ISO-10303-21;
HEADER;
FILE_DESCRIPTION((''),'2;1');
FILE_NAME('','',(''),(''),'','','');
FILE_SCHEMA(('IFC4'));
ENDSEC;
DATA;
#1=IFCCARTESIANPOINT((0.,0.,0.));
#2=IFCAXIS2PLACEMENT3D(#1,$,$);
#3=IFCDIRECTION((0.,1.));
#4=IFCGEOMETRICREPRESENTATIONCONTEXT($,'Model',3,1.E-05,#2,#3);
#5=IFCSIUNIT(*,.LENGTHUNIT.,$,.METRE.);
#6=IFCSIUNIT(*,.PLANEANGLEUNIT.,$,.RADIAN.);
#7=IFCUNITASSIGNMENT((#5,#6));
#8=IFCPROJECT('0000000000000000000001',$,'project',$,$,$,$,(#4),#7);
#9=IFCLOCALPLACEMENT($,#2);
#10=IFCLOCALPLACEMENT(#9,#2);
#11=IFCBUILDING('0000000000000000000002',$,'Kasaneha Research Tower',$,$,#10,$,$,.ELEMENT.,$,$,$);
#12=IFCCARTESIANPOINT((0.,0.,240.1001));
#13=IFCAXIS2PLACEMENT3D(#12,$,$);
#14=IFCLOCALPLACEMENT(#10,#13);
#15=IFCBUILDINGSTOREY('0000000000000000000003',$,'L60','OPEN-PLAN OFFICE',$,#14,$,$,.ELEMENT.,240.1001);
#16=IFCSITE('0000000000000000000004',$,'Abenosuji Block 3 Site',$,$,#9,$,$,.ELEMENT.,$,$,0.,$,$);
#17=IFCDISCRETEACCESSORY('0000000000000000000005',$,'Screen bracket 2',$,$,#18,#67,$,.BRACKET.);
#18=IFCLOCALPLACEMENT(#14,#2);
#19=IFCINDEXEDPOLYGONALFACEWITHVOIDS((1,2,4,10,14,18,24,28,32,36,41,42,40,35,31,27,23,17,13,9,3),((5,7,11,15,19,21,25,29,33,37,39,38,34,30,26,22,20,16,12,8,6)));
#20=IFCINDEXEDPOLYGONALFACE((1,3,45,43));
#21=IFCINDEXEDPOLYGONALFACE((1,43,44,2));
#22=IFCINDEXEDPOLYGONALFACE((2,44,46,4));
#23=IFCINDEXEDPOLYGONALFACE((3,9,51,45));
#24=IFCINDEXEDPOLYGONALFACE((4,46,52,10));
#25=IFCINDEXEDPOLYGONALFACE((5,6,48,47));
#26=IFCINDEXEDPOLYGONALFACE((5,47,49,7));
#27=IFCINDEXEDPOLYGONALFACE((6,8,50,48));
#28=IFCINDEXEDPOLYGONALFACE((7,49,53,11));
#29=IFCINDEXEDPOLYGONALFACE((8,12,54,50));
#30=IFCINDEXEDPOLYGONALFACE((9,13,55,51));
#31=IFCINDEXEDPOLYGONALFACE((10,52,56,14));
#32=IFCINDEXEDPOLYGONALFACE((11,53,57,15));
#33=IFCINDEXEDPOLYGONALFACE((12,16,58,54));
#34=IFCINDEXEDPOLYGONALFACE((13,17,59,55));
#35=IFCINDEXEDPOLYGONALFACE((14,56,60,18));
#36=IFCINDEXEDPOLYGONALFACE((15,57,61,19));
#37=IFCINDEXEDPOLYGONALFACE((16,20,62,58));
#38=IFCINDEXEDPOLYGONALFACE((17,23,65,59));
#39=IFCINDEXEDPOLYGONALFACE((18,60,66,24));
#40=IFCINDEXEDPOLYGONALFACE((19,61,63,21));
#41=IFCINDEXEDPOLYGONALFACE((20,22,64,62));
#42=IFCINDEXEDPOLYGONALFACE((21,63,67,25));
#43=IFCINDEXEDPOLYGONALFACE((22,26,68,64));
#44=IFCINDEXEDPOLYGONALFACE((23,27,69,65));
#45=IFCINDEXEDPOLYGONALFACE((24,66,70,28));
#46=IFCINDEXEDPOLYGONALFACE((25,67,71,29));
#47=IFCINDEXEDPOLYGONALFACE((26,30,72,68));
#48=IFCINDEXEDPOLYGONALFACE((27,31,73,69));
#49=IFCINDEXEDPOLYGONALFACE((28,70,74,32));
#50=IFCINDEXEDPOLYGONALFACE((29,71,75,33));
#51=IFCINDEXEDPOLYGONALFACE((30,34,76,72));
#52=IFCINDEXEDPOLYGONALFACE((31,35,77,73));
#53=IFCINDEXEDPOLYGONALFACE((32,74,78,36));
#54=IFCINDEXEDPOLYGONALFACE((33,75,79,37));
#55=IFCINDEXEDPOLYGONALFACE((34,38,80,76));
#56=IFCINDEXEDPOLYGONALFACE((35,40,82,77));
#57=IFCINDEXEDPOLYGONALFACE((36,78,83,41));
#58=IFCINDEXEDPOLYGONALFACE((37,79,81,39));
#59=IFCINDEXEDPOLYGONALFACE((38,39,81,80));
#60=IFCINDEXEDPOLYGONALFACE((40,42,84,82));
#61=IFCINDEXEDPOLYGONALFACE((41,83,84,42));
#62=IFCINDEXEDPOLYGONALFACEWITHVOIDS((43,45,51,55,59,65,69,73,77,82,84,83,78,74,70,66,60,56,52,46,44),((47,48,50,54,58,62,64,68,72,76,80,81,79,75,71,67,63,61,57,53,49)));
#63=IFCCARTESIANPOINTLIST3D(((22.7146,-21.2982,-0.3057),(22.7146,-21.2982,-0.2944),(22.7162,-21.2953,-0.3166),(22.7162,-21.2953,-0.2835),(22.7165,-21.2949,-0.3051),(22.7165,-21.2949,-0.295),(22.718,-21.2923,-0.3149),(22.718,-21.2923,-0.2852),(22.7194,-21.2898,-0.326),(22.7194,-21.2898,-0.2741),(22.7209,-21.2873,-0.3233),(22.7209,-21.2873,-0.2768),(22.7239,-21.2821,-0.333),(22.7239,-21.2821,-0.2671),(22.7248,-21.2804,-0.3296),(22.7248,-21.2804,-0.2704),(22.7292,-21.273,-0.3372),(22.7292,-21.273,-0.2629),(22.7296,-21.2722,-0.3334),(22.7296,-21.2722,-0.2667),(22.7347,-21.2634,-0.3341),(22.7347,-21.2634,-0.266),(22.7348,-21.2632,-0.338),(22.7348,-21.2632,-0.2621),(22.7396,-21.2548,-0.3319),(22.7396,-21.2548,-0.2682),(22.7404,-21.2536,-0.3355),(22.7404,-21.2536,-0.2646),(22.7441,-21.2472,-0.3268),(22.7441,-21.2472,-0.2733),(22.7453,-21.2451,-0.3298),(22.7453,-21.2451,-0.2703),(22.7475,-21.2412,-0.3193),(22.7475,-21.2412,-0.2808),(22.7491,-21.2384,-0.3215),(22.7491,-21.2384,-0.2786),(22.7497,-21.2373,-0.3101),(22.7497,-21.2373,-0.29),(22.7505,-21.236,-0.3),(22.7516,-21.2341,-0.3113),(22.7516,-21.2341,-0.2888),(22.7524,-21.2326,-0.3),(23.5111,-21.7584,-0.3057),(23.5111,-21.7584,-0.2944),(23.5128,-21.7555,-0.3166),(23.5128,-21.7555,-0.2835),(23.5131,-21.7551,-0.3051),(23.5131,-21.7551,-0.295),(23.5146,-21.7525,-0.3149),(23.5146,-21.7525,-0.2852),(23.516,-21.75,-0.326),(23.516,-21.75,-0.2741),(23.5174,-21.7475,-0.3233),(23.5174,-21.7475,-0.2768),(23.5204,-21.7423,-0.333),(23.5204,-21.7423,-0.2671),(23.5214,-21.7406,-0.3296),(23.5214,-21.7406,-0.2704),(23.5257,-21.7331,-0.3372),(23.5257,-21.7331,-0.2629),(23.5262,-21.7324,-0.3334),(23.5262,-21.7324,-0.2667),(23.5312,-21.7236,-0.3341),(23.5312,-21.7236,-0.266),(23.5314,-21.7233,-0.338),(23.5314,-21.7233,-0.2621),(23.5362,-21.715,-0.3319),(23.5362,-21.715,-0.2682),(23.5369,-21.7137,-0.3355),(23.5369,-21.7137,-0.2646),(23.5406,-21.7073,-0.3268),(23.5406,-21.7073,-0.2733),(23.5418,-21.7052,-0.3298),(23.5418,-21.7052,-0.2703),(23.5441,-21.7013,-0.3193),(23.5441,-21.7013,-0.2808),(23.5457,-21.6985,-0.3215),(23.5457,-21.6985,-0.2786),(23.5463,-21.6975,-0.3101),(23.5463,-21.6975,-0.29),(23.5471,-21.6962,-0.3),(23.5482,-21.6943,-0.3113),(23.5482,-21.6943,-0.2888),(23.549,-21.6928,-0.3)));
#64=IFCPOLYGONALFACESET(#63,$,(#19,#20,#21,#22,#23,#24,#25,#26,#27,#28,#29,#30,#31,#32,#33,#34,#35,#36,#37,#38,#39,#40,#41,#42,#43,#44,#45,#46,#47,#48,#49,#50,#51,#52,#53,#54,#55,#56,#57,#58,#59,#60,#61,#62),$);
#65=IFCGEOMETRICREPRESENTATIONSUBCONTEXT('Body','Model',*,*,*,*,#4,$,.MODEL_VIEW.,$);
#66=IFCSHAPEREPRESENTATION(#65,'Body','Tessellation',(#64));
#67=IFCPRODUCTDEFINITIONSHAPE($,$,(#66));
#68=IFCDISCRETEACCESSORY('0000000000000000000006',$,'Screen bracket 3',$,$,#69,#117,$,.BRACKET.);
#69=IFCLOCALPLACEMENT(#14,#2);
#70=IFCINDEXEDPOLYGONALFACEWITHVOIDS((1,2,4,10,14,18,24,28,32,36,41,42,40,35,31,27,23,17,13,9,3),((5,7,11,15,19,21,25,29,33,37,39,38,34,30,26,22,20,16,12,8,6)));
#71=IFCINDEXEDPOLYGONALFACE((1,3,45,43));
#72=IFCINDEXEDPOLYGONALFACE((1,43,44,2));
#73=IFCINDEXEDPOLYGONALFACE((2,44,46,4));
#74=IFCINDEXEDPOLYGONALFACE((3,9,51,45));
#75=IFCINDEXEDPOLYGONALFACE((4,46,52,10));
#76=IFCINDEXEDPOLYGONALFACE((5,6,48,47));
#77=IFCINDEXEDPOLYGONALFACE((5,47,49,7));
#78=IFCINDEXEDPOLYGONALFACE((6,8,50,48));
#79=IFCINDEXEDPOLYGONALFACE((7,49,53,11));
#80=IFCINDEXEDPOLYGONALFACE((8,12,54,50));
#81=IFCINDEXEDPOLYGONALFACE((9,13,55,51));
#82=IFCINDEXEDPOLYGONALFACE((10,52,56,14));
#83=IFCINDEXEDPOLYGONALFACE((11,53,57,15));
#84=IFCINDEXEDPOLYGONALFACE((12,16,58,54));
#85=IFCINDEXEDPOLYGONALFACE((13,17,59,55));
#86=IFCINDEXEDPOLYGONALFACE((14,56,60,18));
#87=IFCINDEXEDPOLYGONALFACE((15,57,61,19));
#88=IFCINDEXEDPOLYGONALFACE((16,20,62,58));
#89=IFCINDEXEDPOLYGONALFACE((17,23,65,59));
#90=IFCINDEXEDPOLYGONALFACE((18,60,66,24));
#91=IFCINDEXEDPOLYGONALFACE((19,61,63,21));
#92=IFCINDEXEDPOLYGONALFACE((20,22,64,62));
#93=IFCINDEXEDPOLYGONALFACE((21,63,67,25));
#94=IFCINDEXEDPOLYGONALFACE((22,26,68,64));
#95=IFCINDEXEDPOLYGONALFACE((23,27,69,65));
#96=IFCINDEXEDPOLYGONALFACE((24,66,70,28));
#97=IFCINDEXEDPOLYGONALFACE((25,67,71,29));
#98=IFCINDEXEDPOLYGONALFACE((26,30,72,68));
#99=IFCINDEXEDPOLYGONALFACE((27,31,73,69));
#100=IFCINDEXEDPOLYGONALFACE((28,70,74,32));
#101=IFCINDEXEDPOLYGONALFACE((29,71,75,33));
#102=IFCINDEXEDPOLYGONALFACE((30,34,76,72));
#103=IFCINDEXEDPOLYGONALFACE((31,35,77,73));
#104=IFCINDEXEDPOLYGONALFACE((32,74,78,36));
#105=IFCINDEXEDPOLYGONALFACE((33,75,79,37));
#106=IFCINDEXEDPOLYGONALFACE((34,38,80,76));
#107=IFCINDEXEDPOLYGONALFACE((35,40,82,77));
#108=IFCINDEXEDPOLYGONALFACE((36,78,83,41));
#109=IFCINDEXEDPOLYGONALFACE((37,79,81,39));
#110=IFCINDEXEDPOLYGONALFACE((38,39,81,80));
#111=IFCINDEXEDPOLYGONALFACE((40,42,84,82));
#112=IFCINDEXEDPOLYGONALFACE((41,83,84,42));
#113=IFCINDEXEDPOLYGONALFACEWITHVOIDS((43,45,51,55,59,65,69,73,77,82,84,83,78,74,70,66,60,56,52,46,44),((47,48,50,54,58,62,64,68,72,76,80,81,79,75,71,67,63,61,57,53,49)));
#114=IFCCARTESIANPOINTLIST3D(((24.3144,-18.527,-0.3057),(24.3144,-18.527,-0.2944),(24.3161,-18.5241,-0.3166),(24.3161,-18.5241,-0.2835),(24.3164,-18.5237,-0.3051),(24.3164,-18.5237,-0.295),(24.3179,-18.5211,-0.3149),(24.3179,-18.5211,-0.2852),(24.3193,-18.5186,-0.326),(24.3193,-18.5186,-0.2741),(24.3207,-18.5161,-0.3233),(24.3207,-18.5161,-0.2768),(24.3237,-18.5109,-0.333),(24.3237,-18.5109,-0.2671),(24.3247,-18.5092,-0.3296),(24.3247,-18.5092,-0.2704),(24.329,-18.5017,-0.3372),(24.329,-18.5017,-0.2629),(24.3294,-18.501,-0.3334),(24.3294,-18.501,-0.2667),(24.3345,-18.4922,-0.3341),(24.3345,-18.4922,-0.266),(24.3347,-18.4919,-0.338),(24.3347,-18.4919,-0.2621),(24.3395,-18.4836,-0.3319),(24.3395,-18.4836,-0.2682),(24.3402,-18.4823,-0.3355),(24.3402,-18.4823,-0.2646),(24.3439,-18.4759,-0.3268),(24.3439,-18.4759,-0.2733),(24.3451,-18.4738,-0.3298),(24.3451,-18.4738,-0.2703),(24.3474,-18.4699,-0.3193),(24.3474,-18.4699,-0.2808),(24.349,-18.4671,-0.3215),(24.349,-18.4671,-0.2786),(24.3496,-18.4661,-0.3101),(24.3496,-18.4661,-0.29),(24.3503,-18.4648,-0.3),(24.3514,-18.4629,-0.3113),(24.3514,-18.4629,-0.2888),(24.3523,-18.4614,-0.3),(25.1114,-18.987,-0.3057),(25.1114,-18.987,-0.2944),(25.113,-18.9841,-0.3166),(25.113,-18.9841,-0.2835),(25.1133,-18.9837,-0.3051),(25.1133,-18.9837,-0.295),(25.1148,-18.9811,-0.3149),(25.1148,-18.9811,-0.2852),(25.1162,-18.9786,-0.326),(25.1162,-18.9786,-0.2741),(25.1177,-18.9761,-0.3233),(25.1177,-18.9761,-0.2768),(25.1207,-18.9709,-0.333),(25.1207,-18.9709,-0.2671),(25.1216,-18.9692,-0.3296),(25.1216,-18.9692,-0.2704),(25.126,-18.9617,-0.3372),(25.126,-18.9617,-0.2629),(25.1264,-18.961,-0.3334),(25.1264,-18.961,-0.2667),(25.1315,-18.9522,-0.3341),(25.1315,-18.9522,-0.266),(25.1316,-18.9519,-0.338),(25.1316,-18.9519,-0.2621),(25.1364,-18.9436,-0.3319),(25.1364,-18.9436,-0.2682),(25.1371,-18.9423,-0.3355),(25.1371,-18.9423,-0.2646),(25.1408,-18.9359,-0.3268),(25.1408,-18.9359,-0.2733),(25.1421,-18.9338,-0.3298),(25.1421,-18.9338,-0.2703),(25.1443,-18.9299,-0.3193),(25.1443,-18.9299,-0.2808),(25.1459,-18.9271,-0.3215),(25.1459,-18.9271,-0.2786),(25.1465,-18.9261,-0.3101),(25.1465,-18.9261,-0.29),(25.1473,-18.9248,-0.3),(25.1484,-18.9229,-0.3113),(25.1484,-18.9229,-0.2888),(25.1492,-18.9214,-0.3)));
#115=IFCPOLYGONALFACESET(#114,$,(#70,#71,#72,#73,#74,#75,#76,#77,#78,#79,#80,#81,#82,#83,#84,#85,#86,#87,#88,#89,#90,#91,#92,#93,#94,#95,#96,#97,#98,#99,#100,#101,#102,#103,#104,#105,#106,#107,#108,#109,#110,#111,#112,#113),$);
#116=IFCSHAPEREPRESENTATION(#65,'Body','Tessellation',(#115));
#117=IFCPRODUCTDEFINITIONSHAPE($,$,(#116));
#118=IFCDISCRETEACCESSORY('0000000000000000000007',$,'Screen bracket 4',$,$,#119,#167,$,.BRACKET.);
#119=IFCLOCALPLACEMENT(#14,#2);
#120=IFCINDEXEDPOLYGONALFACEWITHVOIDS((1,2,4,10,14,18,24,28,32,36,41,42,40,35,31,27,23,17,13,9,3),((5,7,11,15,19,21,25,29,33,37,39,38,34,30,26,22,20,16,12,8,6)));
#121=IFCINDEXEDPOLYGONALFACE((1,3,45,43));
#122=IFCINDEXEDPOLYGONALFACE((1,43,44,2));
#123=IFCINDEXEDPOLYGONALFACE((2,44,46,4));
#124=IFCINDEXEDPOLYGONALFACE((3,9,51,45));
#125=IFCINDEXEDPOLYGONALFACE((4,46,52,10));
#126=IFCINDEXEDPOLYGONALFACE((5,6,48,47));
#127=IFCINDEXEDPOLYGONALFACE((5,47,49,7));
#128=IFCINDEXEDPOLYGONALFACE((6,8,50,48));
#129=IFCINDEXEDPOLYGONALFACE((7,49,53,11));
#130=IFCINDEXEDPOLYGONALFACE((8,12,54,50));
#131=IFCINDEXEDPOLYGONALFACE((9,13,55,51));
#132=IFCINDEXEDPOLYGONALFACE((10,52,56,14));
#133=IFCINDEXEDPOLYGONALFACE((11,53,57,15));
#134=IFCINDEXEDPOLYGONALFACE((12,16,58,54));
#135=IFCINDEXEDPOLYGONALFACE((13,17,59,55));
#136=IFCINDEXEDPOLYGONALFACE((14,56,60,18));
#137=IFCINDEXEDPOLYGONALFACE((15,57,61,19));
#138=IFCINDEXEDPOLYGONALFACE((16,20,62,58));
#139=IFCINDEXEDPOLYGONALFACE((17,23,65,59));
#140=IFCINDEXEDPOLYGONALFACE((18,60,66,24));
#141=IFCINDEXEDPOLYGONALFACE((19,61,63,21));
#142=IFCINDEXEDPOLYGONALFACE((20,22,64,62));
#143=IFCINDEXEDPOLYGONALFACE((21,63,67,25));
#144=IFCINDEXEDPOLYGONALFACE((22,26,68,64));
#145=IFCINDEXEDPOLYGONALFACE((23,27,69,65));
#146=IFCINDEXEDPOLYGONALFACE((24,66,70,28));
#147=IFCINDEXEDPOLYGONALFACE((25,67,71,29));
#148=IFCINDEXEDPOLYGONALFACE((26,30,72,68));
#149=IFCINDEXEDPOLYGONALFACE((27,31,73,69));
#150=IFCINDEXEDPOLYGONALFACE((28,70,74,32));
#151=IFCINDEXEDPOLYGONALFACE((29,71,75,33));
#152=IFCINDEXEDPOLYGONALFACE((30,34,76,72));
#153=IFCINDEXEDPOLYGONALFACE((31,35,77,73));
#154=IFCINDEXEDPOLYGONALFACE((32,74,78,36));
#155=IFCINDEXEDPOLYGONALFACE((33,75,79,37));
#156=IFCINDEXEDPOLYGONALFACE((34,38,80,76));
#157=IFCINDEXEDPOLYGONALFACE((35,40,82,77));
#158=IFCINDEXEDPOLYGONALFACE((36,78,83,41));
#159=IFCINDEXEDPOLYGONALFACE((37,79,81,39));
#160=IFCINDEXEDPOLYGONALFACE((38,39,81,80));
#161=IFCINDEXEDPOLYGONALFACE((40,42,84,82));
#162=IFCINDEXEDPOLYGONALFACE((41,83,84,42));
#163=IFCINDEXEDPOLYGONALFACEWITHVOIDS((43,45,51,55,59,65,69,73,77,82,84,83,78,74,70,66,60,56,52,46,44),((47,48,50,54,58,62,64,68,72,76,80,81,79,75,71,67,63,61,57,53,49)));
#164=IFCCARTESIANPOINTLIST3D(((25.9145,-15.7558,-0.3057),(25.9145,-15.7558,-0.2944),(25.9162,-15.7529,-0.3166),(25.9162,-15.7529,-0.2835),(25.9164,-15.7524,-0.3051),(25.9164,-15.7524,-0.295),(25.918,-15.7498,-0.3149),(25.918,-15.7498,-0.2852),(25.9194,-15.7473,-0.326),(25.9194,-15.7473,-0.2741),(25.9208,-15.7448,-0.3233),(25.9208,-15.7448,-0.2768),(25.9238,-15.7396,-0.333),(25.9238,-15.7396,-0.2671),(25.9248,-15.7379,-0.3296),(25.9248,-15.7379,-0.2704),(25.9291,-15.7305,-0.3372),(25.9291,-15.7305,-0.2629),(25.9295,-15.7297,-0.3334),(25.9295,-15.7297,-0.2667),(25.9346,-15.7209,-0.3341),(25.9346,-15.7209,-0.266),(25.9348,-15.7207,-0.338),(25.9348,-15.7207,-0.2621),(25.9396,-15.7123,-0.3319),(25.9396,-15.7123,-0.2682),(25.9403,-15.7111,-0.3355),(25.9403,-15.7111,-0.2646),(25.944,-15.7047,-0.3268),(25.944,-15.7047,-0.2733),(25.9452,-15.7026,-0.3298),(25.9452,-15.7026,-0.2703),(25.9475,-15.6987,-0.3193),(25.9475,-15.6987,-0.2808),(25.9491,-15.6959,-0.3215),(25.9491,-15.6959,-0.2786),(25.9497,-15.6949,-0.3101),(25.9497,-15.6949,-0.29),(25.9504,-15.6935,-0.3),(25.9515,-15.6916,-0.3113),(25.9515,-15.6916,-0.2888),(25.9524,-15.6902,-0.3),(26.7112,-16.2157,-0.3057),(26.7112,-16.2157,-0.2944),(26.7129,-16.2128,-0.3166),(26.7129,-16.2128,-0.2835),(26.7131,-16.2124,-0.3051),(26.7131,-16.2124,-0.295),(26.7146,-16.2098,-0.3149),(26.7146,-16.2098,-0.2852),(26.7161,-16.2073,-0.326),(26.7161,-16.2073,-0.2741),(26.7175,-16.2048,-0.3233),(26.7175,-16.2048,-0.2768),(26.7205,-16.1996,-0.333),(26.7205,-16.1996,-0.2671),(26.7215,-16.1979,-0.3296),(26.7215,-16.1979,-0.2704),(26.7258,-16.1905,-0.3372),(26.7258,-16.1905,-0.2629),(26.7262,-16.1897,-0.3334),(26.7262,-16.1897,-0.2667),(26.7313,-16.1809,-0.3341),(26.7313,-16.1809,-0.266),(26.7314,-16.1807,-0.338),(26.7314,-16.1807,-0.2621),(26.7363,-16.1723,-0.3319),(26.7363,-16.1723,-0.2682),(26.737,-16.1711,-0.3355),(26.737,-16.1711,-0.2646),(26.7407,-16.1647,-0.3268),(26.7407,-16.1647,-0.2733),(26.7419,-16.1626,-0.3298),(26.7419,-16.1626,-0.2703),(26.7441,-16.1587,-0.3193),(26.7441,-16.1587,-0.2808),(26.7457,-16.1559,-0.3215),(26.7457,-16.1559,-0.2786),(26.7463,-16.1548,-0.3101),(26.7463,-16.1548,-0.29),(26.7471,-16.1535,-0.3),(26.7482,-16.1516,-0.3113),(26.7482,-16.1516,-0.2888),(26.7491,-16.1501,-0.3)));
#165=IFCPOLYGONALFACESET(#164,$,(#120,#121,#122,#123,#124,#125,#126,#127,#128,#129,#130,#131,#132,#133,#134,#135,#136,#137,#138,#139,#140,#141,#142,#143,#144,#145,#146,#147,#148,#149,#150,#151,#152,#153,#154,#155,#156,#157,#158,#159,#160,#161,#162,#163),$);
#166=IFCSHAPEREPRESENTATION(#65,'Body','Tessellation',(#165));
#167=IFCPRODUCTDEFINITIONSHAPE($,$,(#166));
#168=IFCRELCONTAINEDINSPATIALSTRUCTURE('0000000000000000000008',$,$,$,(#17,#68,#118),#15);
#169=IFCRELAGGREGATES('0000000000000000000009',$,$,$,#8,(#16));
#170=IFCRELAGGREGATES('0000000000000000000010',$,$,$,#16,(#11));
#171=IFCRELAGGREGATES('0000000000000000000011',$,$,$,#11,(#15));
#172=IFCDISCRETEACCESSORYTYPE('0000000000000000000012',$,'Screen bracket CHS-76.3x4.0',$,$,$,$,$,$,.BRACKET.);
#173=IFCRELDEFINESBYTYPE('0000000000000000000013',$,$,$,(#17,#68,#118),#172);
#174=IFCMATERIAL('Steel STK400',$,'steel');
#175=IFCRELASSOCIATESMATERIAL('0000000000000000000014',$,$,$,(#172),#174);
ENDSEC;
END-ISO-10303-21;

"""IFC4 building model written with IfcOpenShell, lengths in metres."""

from ifc_helpers import new_model, si_unit, direction, frame, origin, origin_2d, place, context, subcontext, project, spatial, hollow_circle, extrude, material, material_profile, profile_set, type_object, element, save


model = new_model("IFC4")

# Units and contexts
model_context = context("Model", 3, precision=1e-05, world=origin(), true_north=direction((0.0, 1.0)))
body_context = subcontext(model_context, "Body", "Model", "MODEL_VIEW")
ifc_project = project(units=[si_unit("LENGTHUNIT", "METRE"), si_unit("PLANEANGLEUNIT", "RADIAN")], contexts=[model_context])

# Site, building, storey
site_placement = place(None, origin())
site = spatial("IfcSite", under=ifc_project, at=site_placement, Name="Abenosuji Block 3 Site", CompositionType="ELEMENT", RefElevation=0.0)
building_placement = place(site_placement, origin())
building = spatial("IfcBuilding", under=site, at=building_placement, Name="Kasaneha Research Tower", CompositionType="ELEMENT")
storey_placement = place(building_placement, frame((0.0, 0.0, 240.1001)))
storey = spatial("IfcBuildingStorey", under=building, at=storey_placement, Name="L60", Description="OPEN-PLAN OFFICE", CompositionType="ELEMENT", Elevation=240.1001)

# Discrete accessories
ifc_material_1 = material(Name="Steel STK400", Category="steel")
ifc_material_profile_1 = material_profile(ifc_material_1, hollow_circle(Radius=0.0381, WallThickness=0.0039, at=origin_2d()), Name="CHS-76.3x4.0")
ifc_profile_set_1 = profile_set([ifc_material_profile_1], Name="Steel STK400")
discrete_accessory_type = type_object("IfcDiscreteAccessoryType", Name="Screen bracket CHS-76.3x4.0", PredefinedType="BRACKET", material=ifc_profile_set_1)
discrete_accessory_1_placement = place(storey_placement, frame((22.7334, -21.2656, -0.3), z_axis=(0.865898, -0.50022, 0.0), x_axis=(0.50022, 0.865898, 0.0)))
element("IfcDiscreteAccessory", 1, at=discrete_accessory_1_placement, inside=storey, type_object=discrete_accessory_type, Name="Screen bracket 2", PredefinedType="BRACKET", context=body_context, shape_type="SweptSolid", body=[
    extrude(hollow_circle(Radius=0.0381, WallThickness=0.0039, at=origin_2d()), origin(), (0.0, 0.0, 1.0), 0.9199),
])
discrete_accessory_2_placement = place(storey_placement, frame((24.3333, -18.4944, -0.3), z_axis=(0.86608, -0.499906, 0.0), x_axis=(0.499906, 0.86608, 0.0)))
element("IfcDiscreteAccessory", 2, at=discrete_accessory_2_placement, inside=storey, type_object=discrete_accessory_type, Name="Screen bracket 3", PredefinedType="BRACKET", context=body_context, shape_type="SweptSolid", body=[
    extrude(hollow_circle(Radius=0.0381, WallThickness=0.0039, at=origin_2d()), origin(), (0.0, 0.0, 1.0), 0.9202),
])
discrete_accessory_3_placement = place(storey_placement, frame((25.9333, -15.7231, -0.3), z_axis=(0.866013, -0.500021, 0.0), x_axis=(0.500021, 0.866013, 0.0)))
element("IfcDiscreteAccessory", 3, at=discrete_accessory_3_placement, inside=storey, type_object=discrete_accessory_type, Name="Screen bracket 4", PredefinedType="BRACKET", context=body_context, shape_type="SweptSolid", body=[
    extrude(hollow_circle(Radius=0.0381, WallThickness=0.0039, at=origin_2d()), origin(), (0.0, 0.0, 1.0), 0.9199),
])

save(model, "model.ifc")
